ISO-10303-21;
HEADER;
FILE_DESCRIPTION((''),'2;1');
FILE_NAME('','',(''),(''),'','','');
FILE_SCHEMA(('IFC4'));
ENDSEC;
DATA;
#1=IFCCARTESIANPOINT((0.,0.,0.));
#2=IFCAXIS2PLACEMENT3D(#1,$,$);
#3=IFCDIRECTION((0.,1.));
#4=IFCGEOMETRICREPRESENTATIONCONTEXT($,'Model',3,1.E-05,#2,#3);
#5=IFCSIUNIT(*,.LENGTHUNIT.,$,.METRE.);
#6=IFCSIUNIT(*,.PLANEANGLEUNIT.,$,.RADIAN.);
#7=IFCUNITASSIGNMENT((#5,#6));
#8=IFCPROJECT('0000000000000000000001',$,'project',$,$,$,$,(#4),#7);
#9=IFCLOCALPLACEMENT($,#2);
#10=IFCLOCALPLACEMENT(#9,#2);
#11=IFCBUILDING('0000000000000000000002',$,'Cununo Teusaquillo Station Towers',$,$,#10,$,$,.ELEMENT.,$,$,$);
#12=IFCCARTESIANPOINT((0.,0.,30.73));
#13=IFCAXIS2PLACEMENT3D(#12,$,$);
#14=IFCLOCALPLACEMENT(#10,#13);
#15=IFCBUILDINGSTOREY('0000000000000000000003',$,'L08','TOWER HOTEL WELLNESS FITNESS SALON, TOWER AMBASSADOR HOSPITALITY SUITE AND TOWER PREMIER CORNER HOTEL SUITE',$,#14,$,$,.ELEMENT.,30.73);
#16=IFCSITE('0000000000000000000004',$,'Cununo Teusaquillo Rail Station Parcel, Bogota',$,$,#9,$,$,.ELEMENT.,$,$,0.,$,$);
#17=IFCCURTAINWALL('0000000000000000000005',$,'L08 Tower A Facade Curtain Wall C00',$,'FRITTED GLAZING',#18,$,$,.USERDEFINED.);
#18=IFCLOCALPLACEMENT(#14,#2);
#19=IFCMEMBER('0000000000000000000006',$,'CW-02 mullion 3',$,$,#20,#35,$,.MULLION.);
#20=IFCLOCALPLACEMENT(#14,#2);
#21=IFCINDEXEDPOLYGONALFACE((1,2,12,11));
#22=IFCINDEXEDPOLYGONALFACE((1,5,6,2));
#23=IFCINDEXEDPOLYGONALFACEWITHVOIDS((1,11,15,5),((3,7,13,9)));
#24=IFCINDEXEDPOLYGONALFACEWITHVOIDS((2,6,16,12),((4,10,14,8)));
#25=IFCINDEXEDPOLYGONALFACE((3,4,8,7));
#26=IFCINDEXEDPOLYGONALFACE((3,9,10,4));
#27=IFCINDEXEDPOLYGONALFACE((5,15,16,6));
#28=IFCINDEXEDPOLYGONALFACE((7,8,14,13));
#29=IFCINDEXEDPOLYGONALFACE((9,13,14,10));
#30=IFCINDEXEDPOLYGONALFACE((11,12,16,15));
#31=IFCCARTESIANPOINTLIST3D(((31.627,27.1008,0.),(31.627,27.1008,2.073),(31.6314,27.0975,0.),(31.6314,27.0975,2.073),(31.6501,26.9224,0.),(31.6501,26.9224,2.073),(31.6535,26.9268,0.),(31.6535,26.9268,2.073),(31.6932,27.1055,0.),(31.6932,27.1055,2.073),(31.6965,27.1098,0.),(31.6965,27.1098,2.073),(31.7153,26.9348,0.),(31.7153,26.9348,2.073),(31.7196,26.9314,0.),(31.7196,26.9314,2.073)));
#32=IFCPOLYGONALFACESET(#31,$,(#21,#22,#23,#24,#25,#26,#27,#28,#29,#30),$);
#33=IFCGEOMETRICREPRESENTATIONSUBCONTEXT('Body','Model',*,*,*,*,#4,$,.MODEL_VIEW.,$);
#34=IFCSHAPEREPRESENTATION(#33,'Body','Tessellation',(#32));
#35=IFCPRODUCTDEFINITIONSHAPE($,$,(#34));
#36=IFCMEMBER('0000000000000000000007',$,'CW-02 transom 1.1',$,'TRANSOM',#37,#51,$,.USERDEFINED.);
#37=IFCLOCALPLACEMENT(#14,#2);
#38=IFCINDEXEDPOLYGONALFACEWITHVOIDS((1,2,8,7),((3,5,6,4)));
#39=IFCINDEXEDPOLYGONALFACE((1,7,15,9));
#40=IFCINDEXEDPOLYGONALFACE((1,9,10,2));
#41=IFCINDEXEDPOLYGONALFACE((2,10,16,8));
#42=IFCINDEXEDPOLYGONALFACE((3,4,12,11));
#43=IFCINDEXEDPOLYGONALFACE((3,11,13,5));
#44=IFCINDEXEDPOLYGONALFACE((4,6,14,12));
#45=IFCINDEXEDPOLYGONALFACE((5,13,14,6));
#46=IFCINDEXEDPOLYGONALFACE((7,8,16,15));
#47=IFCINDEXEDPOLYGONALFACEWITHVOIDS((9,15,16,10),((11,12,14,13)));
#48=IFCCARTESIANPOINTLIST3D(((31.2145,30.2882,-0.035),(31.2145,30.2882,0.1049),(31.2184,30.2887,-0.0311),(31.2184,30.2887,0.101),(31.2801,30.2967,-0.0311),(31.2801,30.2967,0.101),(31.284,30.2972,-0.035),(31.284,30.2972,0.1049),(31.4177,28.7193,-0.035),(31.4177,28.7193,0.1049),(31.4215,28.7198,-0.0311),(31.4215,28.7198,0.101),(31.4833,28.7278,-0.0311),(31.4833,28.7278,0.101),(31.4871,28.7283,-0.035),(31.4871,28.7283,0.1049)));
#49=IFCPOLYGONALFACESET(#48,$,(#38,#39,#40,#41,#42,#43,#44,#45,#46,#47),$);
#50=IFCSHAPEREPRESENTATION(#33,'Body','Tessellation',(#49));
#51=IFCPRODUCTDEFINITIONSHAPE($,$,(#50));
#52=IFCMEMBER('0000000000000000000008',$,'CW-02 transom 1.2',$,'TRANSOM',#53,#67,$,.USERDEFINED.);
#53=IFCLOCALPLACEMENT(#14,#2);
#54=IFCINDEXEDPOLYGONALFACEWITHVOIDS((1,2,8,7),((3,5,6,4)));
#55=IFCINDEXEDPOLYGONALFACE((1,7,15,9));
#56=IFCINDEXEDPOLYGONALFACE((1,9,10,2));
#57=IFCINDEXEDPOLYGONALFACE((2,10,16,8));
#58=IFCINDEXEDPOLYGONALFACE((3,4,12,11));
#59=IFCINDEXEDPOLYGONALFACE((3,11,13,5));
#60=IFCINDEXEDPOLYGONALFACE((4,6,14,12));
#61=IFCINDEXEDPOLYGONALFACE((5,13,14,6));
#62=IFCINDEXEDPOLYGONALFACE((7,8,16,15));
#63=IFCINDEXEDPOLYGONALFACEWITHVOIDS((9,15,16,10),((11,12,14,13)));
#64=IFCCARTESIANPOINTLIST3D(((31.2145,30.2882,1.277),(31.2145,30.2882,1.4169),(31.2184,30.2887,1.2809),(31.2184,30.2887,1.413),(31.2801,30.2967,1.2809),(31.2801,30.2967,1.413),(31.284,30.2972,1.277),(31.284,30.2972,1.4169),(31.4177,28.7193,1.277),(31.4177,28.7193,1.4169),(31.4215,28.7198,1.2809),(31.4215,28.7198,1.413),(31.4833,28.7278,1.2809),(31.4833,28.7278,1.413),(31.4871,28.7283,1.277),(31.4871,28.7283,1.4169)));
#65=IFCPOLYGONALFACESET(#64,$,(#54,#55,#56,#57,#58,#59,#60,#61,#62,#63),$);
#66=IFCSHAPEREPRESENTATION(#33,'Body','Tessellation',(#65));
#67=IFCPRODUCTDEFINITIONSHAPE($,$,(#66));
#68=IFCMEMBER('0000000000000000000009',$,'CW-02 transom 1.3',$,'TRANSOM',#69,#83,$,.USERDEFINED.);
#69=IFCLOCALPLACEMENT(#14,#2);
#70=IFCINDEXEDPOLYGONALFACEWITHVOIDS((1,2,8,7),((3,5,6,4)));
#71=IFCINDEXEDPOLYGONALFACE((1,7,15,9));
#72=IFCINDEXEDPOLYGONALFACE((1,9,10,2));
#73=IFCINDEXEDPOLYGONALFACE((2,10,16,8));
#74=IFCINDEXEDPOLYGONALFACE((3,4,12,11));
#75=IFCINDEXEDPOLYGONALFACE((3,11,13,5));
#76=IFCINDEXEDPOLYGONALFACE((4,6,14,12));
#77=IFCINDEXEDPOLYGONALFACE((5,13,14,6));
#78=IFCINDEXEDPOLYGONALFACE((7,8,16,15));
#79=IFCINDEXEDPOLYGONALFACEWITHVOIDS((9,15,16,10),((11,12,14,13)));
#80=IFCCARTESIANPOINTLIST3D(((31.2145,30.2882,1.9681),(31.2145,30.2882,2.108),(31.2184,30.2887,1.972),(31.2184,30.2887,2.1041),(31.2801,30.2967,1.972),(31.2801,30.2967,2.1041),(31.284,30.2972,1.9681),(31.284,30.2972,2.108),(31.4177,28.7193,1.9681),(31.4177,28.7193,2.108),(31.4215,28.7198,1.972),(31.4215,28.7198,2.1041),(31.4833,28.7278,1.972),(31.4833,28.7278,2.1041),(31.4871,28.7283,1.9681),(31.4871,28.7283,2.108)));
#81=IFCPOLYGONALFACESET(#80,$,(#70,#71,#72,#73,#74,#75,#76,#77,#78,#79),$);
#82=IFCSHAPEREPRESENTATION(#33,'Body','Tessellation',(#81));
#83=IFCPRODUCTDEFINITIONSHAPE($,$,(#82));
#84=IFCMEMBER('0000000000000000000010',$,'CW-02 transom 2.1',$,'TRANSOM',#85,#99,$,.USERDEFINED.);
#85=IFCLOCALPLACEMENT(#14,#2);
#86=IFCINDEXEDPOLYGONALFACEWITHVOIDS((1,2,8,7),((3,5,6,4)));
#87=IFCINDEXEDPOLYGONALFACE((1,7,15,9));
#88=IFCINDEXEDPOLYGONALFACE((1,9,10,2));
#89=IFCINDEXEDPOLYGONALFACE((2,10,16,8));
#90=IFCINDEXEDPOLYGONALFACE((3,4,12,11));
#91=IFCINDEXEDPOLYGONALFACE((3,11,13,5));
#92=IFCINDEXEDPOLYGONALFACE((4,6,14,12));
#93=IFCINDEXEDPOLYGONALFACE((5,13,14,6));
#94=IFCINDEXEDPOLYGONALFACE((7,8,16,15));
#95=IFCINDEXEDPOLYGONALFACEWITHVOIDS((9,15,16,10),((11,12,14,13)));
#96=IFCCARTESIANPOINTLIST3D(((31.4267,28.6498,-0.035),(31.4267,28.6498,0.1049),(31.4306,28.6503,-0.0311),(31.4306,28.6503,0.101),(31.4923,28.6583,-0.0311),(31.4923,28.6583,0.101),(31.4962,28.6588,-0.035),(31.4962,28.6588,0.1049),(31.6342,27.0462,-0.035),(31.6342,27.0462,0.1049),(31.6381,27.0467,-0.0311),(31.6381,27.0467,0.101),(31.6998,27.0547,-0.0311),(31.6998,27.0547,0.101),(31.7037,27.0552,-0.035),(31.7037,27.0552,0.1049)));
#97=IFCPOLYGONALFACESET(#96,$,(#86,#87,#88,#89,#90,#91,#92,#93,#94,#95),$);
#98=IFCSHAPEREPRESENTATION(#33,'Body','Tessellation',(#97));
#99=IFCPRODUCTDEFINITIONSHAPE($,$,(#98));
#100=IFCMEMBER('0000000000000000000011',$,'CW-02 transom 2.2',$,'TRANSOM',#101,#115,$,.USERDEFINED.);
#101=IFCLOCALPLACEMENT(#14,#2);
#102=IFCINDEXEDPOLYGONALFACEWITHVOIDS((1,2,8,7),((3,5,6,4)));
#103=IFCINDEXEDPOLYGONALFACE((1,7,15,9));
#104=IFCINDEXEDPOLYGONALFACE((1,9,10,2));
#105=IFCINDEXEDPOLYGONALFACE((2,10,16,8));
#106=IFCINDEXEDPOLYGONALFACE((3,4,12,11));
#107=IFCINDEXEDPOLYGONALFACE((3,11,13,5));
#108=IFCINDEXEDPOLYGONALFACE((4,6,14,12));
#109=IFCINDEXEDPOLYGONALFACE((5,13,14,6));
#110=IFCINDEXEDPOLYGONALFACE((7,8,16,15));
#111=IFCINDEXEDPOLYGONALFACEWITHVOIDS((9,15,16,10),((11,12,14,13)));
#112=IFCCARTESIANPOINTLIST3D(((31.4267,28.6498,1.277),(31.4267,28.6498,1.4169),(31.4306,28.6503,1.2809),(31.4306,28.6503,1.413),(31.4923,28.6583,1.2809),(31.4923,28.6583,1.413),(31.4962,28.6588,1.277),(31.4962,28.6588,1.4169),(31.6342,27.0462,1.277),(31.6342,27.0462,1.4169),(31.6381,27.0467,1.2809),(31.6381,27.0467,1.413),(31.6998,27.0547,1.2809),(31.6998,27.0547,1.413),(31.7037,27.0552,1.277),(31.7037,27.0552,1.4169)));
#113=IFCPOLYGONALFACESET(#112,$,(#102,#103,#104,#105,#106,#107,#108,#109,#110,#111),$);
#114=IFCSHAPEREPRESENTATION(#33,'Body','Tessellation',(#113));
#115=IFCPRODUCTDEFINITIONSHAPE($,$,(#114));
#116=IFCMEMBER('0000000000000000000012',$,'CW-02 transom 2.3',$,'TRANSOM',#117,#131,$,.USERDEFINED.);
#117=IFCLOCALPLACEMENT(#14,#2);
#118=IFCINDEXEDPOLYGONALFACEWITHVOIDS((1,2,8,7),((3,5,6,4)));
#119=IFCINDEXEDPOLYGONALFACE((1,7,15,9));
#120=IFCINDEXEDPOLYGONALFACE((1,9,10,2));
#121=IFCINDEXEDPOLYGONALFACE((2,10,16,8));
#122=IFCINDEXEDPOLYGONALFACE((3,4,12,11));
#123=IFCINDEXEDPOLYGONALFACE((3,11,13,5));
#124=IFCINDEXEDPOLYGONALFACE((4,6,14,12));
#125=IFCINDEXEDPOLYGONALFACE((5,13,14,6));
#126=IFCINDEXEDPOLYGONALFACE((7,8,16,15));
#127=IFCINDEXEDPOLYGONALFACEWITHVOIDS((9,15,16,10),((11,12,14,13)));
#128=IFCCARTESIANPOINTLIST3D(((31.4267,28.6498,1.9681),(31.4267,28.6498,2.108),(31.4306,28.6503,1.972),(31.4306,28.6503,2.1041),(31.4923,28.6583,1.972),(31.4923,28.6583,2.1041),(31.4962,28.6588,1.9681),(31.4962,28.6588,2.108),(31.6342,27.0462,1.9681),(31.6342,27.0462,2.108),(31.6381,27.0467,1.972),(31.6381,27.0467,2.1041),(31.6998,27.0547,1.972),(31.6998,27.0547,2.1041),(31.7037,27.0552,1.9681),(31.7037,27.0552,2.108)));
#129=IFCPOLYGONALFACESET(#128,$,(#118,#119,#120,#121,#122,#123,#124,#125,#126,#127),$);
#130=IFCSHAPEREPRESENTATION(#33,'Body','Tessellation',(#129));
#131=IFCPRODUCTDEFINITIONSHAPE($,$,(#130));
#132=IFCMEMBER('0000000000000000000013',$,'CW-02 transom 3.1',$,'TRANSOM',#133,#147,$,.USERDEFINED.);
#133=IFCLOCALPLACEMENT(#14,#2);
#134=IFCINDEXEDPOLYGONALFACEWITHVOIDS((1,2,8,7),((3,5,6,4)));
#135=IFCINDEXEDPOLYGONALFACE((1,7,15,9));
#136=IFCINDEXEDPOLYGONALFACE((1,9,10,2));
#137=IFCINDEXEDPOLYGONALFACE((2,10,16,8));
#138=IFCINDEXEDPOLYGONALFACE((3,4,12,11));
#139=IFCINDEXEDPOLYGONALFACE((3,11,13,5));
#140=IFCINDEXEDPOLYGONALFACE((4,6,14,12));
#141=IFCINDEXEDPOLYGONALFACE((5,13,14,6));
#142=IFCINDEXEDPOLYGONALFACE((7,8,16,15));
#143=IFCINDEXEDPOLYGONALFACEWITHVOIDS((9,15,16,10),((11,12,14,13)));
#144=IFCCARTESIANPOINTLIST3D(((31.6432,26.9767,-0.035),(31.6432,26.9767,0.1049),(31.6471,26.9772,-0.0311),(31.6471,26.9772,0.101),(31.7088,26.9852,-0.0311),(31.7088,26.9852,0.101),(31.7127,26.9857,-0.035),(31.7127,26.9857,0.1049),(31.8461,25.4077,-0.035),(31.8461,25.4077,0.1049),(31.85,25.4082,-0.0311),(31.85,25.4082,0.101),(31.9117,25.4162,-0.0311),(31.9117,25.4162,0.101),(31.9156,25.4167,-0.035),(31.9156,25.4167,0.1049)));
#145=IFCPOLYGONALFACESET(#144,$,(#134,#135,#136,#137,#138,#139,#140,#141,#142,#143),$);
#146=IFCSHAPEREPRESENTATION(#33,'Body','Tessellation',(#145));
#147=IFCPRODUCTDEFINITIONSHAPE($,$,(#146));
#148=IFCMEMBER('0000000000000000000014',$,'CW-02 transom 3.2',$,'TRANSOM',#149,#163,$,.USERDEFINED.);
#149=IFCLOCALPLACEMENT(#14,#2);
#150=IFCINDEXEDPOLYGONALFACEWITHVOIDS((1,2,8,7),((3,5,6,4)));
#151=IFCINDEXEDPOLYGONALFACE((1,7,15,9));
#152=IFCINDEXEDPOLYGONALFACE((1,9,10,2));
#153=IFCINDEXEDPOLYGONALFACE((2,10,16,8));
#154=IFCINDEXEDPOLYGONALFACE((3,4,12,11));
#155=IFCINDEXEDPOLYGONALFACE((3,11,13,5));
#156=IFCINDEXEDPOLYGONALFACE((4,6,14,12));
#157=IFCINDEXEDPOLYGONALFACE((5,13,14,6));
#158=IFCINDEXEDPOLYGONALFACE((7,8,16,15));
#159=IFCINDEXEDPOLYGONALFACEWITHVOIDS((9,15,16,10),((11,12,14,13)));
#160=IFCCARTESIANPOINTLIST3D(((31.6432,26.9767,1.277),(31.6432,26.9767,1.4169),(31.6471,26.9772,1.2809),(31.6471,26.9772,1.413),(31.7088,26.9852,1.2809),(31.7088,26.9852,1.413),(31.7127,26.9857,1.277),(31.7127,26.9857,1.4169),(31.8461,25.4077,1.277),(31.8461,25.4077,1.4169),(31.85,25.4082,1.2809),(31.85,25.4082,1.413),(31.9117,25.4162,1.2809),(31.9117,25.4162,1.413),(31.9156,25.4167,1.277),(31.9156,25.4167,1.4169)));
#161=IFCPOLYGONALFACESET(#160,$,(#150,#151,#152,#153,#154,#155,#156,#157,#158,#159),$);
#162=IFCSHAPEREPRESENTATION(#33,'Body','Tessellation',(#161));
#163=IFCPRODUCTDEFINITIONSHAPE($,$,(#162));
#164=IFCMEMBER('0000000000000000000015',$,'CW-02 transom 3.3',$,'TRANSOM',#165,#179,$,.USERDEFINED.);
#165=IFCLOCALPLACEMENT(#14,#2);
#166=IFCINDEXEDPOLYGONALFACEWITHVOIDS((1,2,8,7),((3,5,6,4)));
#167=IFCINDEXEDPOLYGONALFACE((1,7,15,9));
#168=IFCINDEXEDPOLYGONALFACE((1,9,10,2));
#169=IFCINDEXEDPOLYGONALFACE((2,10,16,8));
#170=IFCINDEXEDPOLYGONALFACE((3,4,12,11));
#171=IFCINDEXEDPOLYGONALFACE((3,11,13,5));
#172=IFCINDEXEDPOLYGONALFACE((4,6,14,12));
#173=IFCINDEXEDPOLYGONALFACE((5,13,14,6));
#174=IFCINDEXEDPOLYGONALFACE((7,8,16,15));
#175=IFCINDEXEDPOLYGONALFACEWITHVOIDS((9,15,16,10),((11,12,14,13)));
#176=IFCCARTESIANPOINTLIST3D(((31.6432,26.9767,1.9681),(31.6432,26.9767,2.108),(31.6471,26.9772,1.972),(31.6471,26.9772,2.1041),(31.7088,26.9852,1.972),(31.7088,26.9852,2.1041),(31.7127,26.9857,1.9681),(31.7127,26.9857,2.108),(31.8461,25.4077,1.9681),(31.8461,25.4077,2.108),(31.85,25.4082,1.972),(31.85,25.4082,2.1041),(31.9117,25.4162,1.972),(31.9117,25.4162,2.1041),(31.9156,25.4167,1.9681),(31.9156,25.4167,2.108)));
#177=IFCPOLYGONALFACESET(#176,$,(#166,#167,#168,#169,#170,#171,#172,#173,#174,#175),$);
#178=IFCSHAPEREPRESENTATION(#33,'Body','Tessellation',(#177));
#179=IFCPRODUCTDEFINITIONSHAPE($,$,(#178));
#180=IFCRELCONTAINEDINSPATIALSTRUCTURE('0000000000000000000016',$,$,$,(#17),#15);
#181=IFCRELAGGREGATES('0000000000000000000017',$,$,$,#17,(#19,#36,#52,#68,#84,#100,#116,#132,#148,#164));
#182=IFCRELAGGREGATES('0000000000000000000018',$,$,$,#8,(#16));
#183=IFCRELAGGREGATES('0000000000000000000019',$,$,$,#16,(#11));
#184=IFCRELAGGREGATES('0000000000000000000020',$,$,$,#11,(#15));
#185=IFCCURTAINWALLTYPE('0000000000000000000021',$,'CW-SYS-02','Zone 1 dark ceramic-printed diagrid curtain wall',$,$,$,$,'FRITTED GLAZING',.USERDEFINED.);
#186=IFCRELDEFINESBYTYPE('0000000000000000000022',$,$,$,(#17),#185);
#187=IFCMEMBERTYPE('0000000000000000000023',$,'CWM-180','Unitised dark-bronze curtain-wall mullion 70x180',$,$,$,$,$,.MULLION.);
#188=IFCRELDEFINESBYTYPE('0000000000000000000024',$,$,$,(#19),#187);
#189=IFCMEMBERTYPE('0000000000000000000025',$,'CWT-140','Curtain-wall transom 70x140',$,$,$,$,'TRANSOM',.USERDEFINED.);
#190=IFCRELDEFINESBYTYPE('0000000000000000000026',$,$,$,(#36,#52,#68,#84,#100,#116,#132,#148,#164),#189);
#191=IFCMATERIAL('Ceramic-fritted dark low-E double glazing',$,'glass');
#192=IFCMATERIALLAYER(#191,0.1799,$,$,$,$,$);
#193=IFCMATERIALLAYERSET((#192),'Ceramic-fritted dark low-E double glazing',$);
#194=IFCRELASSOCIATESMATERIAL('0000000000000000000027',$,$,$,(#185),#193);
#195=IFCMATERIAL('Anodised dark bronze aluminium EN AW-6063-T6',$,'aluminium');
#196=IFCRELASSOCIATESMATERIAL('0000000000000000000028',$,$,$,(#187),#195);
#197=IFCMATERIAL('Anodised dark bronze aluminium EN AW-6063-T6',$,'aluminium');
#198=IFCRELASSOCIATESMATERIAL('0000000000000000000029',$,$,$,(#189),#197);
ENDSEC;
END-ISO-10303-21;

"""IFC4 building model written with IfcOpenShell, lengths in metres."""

from ifc_helpers import new_model, si_unit, direction, frame, origin, origin_2d, place, context, subcontext, project, spatial, hollow_rectangle, extrude, material, layer, layer_set, material_profile, profile_set, type_object, element, aggregate, save


model = new_model("IFC4")

# Units and contexts
model_context = context("Model", 3, precision=1e-05, world=origin(), true_north=direction((0.0, 1.0)))
body_context = subcontext(model_context, "Body", "Model", "MODEL_VIEW")
ifc_project = project(units=[si_unit("LENGTHUNIT", "METRE"), si_unit("PLANEANGLEUNIT", "RADIAN")], contexts=[model_context])

# Site, building, storey
site_placement = place(None, origin())
site = spatial("IfcSite", under=ifc_project, at=site_placement, Name="Cununo Teusaquillo Rail Station Parcel, Bogota", CompositionType="ELEMENT", RefElevation=0.0)
building_placement = place(site_placement, origin())
building = spatial("IfcBuilding", under=site, at=building_placement, Name="Cununo Teusaquillo Station Towers", CompositionType="ELEMENT")
storey_placement = place(building_placement, frame((0.0, 0.0, 30.73)))
storey = spatial("IfcBuildingStorey", under=building, at=storey_placement, Name="L08", Description="TOWER HOTEL WELLNESS FITNESS SALON, TOWER AMBASSADOR HOSPITALITY SUITE AND TOWER PREMIER CORNER HOTEL SUITE", CompositionType="ELEMENT", Elevation=30.73)

# Curtain wall, members
ifc_material_1 = material(Name="Ceramic-fritted dark low-E double glazing", Category="glass")
ifc_layer_1 = layer(ifc_material_1, 0.1799)
ifc_layer_set_1 = layer_set([ifc_layer_1], Name="Ceramic-fritted dark low-E double glazing")
curtain_wall_type = type_object("IfcCurtainWallType", Name="CW-SYS-02", Description="Zone 1 dark ceramic-printed diagrid curtain wall", ElementType="FRITTED GLAZING", PredefinedType="USERDEFINED", material=ifc_layer_set_1)
curtain_wall_placement = place(storey_placement, origin())
curtain_wall = element("IfcCurtainWall", 1, at=curtain_wall_placement, inside=storey, type_object=curtain_wall_type, Name="L08 Tower A Facade Curtain Wall C00", ObjectType="FRITTED GLAZING", PredefinedType="USERDEFINED")
ifc_material_2 = material(Name="Anodised dark bronze aluminium EN AW-6063-T6", Category="aluminium")
ifc_material_profile_1 = material_profile(ifc_material_2, hollow_rectangle(XDim=0.0701, YDim=0.1799, WallThickness=0.0039, at=origin_2d()), Name="CW-MULL-70x180")
ifc_profile_set_1 = profile_set([ifc_material_profile_1], Name="Anodised dark bronze aluminium EN AW-6063-T6")
member_type_1 = type_object("IfcMemberType", Name="CWM-180", Description="Unitised dark-bronze curtain-wall mullion 70x180", PredefinedType="MULLION", material=ifc_profile_set_1)
member_1_placement = place(storey_placement, frame((31.6733, 27.0161, 0.0), z_axis=(0.0, 0.0, 1.0), x_axis=(0.991731, 0.128336, 0.0)))
member_1 = element("IfcMember", 2, at=member_1_placement, type_object=member_type_1, Name="CW-02 mullion 3", PredefinedType="MULLION", context=body_context, shape_type="SweptSolid", body=[
    extrude(hollow_rectangle(XDim=0.0701, YDim=0.1799, WallThickness=0.0039, at=origin_2d()), origin(), (0.0, 0.0, 1.0), 2.073),
])
ifc_material_3 = material(Name="Anodised dark bronze aluminium EN AW-6063-T6", Category="aluminium")
ifc_material_profile_2 = material_profile(ifc_material_3, hollow_rectangle(XDim=0.0701, YDim=0.1399, WallThickness=0.0039, at=origin_2d()), Name="CW-TRAN-70x140")
ifc_profile_set_2 = profile_set([ifc_material_profile_2], Name="Anodised dark bronze aluminium EN AW-6063-T6")
member_type_2 = type_object("IfcMemberType", Name="CWT-140", Description="Curtain-wall transom 70x140", ElementType="TRANSOM", PredefinedType="USERDEFINED", material=ifc_profile_set_2)
member_2_placement = place(storey_placement, frame((31.2493, 30.2927, 0.0349), z_axis=(0.128402, -0.991722, 0.0), x_axis=(0.991722, 0.128402, 0.0)))
member_2 = element("IfcMember", 3, at=member_2_placement, type_object=member_type_2, Name="CW-02 transom 1.1", ObjectType="TRANSOM", PredefinedType="USERDEFINED", context=body_context, shape_type="SweptSolid", body=[
    extrude(hollow_rectangle(XDim=0.0701, YDim=0.1399, WallThickness=0.0039, at=origin_2d()), origin(), (0.0, 0.0, 1.0), 1.582),
])
member_3_placement = place(storey_placement, frame((31.2493, 30.2927, 1.3469), z_axis=(0.128402, -0.991722, 0.0), x_axis=(0.991722, 0.128402, 0.0)))
member_3 = element("IfcMember", 4, at=member_3_placement, type_object=member_type_2, Name="CW-02 transom 1.2", ObjectType="TRANSOM", PredefinedType="USERDEFINED", context=body_context, shape_type="SweptSolid", body=[
    extrude(hollow_rectangle(XDim=0.0701, YDim=0.1399, WallThickness=0.0039, at=origin_2d()), origin(), (0.0, 0.0, 1.0), 1.582),
])
member_4_placement = place(storey_placement, frame((31.2493, 30.2927, 2.0381), z_axis=(0.128402, -0.991722, 0.0), x_axis=(0.991722, 0.128402, 0.0)))
member_4 = element("IfcMember", 5, at=member_4_placement, type_object=member_type_2, Name="CW-02 transom 1.3", ObjectType="TRANSOM", PredefinedType="USERDEFINED", context=body_context, shape_type="SweptSolid", body=[
    extrude(hollow_rectangle(XDim=0.0701, YDim=0.1399, WallThickness=0.0039, at=origin_2d()), origin(), (0.0, 0.0, 1.0), 1.582),
])
member_5_placement = place(storey_placement, frame((31.4614, 28.6543, 0.0349), z_axis=(0.128345, -0.99173, 0.0), x_axis=(0.99173, 0.128345, 0.0)))
member_5 = element("IfcMember", 6, at=member_5_placement, type_object=member_type_2, Name="CW-02 transom 2.1", ObjectType="TRANSOM", PredefinedType="USERDEFINED", context=body_context, shape_type="SweptSolid", body=[
    extrude(hollow_rectangle(XDim=0.0701, YDim=0.1399, WallThickness=0.0039, at=origin_2d()), origin(), (0.0, 0.0, 1.0), 1.6169),
])
member_6_placement = place(storey_placement, frame((31.4614, 28.6543, 1.3469), z_axis=(0.128345, -0.99173, 0.0), x_axis=(0.99173, 0.128345, 0.0)))
member_6 = element("IfcMember", 7, at=member_6_placement, type_object=member_type_2, Name="CW-02 transom 2.2", ObjectType="TRANSOM", PredefinedType="USERDEFINED", context=body_context, shape_type="SweptSolid", body=[
    extrude(hollow_rectangle(XDim=0.0701, YDim=0.1399, WallThickness=0.0039, at=origin_2d()), origin(), (0.0, 0.0, 1.0), 1.6169),
])
member_7_placement = place(storey_placement, frame((31.4614, 28.6543, 2.0381), z_axis=(0.128345, -0.99173, 0.0), x_axis=(0.99173, 0.128345, 0.0)))
member_7 = element("IfcMember", 8, at=member_7_placement, type_object=member_type_2, Name="CW-02 transom 2.3", ObjectType="TRANSOM", PredefinedType="USERDEFINED", context=body_context, shape_type="SweptSolid", body=[
    extrude(hollow_rectangle(XDim=0.0701, YDim=0.1399, WallThickness=0.0039, at=origin_2d()), origin(), (0.0, 0.0, 1.0), 1.6169),
])
member_8_placement = place(storey_placement, frame((31.678, 26.9812, 0.0349), z_axis=(0.12825, -0.991742, 0.0), x_axis=(0.991742, 0.12825, 0.0)))
member_8 = element("IfcMember", 9, at=member_8_placement, type_object=member_type_2, Name="CW-02 transom 3.1", ObjectType="TRANSOM", PredefinedType="USERDEFINED", context=body_context, shape_type="SweptSolid", body=[
    extrude(hollow_rectangle(XDim=0.0701, YDim=0.1399, WallThickness=0.0039, at=origin_2d()), origin(), (0.0, 0.0, 1.0), 1.582),
])
member_9_placement = place(storey_placement, frame((31.678, 26.9812, 1.3469), z_axis=(0.12825, -0.991742, 0.0), x_axis=(0.991742, 0.12825, 0.0)))
member_9 = element("IfcMember", 10, at=member_9_placement, type_object=member_type_2, Name="CW-02 transom 3.2", ObjectType="TRANSOM", PredefinedType="USERDEFINED", context=body_context, shape_type="SweptSolid", body=[
    extrude(hollow_rectangle(XDim=0.0701, YDim=0.1399, WallThickness=0.0039, at=origin_2d()), origin(), (0.0, 0.0, 1.0), 1.582),
])
member_10_placement = place(storey_placement, frame((31.678, 26.9812, 2.0381), z_axis=(0.12825, -0.991742, 0.0), x_axis=(0.991742, 0.12825, 0.0)))
member_10 = element("IfcMember", 11, at=member_10_placement, type_object=member_type_2, Name="CW-02 transom 3.3", ObjectType="TRANSOM", PredefinedType="USERDEFINED", context=body_context, shape_type="SweptSolid", body=[
    extrude(hollow_rectangle(XDim=0.0701, YDim=0.1399, WallThickness=0.0039, at=origin_2d()), origin(), (0.0, 0.0, 1.0), 1.582),
])
aggregate(curtain_wall, [member_1, member_2, member_3, member_4, member_5, member_6, member_7, member_8, member_9, member_10])

save(model, "model.ifc")
